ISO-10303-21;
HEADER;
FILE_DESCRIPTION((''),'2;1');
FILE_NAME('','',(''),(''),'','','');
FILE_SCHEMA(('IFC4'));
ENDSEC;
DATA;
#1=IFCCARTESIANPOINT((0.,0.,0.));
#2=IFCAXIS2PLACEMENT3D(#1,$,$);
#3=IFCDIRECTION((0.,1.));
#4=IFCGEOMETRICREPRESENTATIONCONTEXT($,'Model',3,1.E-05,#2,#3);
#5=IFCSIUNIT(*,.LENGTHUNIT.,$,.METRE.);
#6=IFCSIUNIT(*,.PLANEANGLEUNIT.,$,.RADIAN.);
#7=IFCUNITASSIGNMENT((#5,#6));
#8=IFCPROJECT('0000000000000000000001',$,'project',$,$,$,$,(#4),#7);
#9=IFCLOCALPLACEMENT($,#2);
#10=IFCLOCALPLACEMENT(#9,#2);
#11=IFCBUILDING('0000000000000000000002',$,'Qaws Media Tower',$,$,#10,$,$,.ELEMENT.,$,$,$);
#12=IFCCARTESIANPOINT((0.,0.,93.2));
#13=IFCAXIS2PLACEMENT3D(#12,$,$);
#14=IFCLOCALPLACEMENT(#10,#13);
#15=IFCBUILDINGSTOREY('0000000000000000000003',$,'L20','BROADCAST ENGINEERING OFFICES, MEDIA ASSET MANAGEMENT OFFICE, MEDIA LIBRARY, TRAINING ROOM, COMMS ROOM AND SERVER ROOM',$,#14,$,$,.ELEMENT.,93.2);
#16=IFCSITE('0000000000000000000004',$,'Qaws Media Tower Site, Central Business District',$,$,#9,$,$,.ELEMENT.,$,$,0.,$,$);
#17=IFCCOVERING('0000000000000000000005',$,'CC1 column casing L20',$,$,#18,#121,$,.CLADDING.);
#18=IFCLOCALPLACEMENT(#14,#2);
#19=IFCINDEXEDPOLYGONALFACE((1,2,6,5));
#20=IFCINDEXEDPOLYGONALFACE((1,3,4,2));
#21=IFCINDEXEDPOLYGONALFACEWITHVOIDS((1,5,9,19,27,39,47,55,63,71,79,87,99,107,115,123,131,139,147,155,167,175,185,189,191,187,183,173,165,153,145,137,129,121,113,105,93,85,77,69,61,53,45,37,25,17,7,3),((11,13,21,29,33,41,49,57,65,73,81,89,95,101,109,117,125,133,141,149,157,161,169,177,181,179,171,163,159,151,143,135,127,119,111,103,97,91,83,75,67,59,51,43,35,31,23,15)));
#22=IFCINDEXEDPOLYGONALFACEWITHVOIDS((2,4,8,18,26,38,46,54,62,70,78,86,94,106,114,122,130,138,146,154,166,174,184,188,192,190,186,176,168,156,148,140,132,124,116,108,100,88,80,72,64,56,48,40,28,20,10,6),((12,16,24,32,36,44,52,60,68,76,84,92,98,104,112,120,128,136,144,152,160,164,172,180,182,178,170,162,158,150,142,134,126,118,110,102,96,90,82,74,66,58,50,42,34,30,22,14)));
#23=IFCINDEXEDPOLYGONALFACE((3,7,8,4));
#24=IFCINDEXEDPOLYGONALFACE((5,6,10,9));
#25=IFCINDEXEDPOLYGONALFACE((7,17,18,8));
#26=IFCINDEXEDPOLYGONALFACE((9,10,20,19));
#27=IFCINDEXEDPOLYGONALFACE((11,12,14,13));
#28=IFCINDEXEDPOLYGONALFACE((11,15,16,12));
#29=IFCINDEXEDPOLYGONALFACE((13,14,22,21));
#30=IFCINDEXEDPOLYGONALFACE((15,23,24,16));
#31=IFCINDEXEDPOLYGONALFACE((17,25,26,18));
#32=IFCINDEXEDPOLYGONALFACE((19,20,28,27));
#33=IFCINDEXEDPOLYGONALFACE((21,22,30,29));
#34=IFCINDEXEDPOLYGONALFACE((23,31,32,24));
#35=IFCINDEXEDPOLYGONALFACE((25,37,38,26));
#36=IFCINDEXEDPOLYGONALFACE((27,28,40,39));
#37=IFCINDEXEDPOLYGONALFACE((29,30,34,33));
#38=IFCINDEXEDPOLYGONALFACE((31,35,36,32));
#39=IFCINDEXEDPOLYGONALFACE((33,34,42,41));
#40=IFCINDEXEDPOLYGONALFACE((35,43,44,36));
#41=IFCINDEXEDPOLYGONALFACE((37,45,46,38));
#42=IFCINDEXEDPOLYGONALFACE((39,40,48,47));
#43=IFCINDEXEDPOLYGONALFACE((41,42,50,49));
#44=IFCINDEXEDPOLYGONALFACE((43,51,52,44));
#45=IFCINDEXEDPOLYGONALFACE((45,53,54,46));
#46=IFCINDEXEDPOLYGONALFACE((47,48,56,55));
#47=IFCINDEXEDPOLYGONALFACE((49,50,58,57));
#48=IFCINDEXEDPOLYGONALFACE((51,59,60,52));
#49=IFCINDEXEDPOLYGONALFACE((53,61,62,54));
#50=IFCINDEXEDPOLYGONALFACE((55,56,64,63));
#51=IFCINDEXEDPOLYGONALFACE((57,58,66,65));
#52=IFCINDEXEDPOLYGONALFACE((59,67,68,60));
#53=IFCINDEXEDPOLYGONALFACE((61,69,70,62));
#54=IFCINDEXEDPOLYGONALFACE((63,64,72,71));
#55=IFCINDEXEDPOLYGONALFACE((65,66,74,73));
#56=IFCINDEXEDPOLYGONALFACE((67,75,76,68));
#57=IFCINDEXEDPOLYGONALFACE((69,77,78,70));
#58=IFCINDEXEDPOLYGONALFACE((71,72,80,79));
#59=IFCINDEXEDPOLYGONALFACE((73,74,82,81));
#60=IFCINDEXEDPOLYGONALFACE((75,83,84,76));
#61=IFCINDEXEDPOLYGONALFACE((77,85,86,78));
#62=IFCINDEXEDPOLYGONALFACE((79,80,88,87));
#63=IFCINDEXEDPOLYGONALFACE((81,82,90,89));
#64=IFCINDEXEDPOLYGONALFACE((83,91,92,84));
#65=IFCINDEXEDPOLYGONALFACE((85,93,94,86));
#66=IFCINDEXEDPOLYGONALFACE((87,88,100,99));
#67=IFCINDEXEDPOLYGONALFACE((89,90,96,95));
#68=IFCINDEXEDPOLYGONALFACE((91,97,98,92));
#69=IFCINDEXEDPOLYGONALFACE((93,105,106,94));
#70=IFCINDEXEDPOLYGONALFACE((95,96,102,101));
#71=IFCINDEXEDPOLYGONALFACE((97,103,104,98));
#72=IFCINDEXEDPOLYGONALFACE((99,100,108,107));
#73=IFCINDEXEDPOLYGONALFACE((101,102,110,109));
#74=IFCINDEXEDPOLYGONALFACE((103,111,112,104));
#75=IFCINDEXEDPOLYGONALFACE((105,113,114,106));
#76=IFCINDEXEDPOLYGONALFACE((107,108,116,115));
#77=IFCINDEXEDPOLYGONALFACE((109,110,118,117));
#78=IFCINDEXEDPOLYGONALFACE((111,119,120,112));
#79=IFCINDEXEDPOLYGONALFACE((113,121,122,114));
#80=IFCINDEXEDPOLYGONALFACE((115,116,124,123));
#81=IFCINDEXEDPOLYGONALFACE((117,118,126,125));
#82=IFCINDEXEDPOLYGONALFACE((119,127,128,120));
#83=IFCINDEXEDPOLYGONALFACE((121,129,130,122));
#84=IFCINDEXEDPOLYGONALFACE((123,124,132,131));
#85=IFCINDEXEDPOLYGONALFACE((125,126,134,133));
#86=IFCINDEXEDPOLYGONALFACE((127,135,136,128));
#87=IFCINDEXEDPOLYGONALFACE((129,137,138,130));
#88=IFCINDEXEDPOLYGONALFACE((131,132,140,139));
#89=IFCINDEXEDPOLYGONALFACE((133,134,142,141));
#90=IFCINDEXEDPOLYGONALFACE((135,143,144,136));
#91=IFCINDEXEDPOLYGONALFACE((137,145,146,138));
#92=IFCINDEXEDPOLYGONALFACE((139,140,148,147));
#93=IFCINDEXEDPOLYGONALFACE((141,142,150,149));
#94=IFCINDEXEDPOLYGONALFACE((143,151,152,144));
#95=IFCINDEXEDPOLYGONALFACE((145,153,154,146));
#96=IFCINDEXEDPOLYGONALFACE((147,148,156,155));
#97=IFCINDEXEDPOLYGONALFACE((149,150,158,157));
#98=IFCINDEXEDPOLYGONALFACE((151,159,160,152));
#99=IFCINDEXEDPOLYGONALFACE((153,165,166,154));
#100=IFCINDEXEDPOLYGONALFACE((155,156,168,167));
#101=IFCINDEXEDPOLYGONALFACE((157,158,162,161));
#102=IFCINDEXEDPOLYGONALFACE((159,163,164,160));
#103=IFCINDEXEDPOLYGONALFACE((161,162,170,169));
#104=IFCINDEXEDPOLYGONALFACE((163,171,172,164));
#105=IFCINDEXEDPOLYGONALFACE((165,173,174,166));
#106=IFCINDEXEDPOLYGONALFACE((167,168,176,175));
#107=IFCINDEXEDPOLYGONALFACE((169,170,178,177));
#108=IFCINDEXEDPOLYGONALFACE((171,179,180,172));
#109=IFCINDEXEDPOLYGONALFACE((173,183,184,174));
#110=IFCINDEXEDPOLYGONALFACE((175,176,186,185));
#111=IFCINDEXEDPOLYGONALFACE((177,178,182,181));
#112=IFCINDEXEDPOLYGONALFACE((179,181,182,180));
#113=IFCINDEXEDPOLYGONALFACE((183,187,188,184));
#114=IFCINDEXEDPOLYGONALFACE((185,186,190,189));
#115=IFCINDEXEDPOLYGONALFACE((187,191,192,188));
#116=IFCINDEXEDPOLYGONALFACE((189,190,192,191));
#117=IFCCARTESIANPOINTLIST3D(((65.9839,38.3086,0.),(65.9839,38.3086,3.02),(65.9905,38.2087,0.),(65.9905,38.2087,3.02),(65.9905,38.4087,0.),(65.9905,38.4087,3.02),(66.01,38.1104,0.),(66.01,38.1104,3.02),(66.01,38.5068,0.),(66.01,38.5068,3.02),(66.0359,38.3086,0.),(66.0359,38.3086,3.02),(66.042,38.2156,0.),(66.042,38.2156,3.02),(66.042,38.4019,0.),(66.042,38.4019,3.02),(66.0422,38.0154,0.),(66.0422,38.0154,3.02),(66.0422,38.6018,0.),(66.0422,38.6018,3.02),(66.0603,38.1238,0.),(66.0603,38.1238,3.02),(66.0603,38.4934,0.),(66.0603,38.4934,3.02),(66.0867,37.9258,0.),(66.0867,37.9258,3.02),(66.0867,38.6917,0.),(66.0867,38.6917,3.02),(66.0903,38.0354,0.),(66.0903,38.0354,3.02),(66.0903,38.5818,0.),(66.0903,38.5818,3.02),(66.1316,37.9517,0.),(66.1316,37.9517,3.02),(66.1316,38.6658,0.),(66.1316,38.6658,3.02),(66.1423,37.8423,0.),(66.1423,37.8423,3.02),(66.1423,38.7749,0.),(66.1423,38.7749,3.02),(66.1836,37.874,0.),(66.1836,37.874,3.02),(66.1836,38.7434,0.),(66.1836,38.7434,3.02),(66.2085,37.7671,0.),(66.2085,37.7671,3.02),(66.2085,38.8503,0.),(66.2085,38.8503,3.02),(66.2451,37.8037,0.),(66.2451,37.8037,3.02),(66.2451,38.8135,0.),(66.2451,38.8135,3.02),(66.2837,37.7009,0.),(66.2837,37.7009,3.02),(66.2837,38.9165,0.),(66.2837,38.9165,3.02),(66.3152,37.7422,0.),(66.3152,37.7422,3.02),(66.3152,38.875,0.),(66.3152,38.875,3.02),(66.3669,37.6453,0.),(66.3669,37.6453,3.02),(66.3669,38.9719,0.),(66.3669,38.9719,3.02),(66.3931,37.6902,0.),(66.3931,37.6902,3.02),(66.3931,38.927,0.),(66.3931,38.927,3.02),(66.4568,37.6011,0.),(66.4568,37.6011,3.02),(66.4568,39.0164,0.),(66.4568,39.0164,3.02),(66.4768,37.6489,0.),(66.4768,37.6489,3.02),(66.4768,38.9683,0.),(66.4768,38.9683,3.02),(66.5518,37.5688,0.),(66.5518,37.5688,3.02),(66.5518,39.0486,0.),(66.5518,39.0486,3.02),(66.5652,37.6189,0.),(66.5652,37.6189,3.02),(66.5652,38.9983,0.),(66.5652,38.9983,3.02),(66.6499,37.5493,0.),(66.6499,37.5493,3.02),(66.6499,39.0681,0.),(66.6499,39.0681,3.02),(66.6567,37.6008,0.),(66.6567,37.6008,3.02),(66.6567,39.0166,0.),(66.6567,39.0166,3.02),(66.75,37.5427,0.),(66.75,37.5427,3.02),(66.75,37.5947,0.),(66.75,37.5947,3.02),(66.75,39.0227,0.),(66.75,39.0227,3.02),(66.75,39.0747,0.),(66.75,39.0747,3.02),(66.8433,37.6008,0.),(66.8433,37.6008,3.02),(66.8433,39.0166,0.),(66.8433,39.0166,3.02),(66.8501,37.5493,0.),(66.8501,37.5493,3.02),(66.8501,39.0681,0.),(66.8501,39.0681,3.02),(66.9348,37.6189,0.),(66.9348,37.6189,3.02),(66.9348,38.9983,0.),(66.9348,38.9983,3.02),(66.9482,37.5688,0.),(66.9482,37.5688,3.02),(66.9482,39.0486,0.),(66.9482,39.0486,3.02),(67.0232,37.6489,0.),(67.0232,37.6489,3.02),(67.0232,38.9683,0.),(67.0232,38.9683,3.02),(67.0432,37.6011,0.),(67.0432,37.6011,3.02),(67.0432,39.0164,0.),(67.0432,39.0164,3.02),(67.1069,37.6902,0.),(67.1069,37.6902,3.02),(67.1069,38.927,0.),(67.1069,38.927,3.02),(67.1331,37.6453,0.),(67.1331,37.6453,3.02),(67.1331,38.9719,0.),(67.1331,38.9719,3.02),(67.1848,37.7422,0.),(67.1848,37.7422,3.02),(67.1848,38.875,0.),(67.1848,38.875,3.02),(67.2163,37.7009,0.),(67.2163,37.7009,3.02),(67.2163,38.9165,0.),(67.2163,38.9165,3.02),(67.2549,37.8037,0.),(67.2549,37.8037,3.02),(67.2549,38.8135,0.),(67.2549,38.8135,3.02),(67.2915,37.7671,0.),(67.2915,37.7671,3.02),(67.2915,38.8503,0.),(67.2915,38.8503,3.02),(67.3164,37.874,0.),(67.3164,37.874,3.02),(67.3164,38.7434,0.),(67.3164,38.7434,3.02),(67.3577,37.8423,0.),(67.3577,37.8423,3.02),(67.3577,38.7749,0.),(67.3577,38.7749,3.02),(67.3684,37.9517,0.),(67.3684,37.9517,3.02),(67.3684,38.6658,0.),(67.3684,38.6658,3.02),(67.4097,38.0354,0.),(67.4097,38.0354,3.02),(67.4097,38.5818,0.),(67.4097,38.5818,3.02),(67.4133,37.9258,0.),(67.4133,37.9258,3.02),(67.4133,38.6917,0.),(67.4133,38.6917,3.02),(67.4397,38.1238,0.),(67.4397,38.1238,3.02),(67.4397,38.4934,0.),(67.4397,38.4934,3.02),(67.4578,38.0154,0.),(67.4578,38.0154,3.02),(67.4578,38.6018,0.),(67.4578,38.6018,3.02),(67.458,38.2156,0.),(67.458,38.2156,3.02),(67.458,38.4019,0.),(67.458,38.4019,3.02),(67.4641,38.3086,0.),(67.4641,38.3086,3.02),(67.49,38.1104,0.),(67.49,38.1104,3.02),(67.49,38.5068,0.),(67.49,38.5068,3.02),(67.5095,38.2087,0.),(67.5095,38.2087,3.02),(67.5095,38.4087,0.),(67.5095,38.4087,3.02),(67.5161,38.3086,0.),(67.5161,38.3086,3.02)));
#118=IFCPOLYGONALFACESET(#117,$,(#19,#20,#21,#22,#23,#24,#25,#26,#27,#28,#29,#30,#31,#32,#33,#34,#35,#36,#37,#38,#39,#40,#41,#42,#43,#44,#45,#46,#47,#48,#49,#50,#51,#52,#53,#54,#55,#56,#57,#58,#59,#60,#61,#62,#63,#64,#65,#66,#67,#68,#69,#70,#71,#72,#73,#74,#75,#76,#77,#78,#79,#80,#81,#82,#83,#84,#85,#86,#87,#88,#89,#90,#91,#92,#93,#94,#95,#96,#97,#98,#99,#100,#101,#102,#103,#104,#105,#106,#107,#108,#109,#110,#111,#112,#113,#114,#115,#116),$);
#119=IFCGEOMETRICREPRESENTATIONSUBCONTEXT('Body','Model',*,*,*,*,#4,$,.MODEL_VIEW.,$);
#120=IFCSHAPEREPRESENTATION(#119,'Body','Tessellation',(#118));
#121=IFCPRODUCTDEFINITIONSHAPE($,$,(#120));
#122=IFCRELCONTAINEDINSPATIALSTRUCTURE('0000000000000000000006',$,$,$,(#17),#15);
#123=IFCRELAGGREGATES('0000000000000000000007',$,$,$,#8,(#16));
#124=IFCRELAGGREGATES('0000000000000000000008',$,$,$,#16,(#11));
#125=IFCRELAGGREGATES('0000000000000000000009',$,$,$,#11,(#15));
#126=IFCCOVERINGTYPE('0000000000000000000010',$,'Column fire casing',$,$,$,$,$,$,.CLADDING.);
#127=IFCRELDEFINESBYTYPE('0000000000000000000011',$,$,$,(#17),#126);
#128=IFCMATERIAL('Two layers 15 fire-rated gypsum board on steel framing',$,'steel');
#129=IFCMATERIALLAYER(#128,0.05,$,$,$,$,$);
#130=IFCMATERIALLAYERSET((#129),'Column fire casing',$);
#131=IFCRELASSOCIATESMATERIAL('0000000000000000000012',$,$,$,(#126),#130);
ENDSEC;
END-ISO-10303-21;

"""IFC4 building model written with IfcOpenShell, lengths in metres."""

from ifc_helpers import new_model, si_unit, direction, frame, origin, place, context, subcontext, project, spatial, polyline, outline, extrude, material, layer, layer_set, type_object, element, save


model = new_model("IFC4")

# Units and contexts
model_context = context("Model", 3, precision=1e-05, world=origin(), true_north=direction((0.0, 1.0)))
body_context = subcontext(model_context, "Body", "Model", "MODEL_VIEW")
ifc_project = project(units=[si_unit("LENGTHUNIT", "METRE"), si_unit("PLANEANGLEUNIT", "RADIAN")], contexts=[model_context])

# Site, building, storey
site_placement = place(None, origin())
site = spatial("IfcSite", under=ifc_project, at=site_placement, Name="Qaws Media Tower Site, Central Business District", CompositionType="ELEMENT", RefElevation=0.0)
building_placement = place(site_placement, origin())
building = spatial("IfcBuilding", under=site, at=building_placement, Name="Qaws Media Tower", CompositionType="ELEMENT")
storey_placement = place(building_placement, frame((0.0, 0.0, 93.2)))
storey = spatial("IfcBuildingStorey", under=building, at=storey_placement, Name="L20", Description="BROADCAST ENGINEERING OFFICES, MEDIA ASSET MANAGEMENT OFFICE, MEDIA LIBRARY, TRAINING ROOM, COMMS ROOM AND SERVER ROOM", CompositionType="ELEMENT", Elevation=93.2)

# Covering
ifc_material_1 = material(Name="Two layers 15 fire-rated gypsum board on steel framing", Category="steel")
ifc_layer_1 = layer(ifc_material_1, 0.05)
ifc_layer_set_1 = layer_set([ifc_layer_1], Name="Column fire casing")
covering_type_1 = type_object("IfcCoveringType", Name="Column fire casing", PredefinedType="CLADDING", material=ifc_layer_set_1)
covering_1_placement = place(storey_placement, origin())
element("IfcCovering", 1, at=covering_1_placement, inside=storey, type_object=covering_type_1, Name="CC1 column casing L20", PredefinedType="CLADDING", context=body_context, shape_type="SweptSolid", body=[
    extrude(outline(polyline([(67.5161, 38.3086), (67.5095, 38.2087), (67.49, 38.1104), (67.4578, 38.0154), (67.4133, 37.9258), (67.3577, 37.8423), (67.2915, 37.7671), (67.2163, 37.7009), (67.1331, 37.6453), (67.0432, 37.6011), (66.9482, 37.5688), (66.8501, 37.5493), (66.75, 37.5427), (66.6499, 37.5493), (66.5518, 37.5688), (66.4568, 37.6011), (66.3669, 37.6453), (66.2837, 37.7009), (66.2085, 37.7671), (66.1423, 37.8423), (66.0867, 37.9258), (66.0422, 38.0154), (66.01, 38.1104), (65.9905, 38.2087), (65.9839, 38.3086), (65.9905, 38.4087), (66.01, 38.5068), (66.0422, 38.6018), (66.0867, 38.6917), (66.1423, 38.7749), (66.2085, 38.8503), (66.2837, 38.9165), (66.3669, 38.9719), (66.4568, 39.0164), (66.5518, 39.0486), (66.6499, 39.0681), (66.75, 39.0747), (66.8501, 39.0681), (66.9482, 39.0486), (67.0432, 39.0164), (67.1331, 38.9719), (67.2163, 38.9165), (67.2915, 38.8503), (67.3577, 38.7749), (67.4133, 38.6917), (67.4578, 38.6018), (67.49, 38.5068), (67.5095, 38.4087), (67.5161, 38.3086)]), holes=[polyline([(67.4641, 38.3086), (67.458, 38.2156), (67.4397, 38.1238), (67.4097, 38.0354), (67.3684, 37.9517), (67.3164, 37.874), (67.2549, 37.8037), (67.1848, 37.7422), (67.1069, 37.6902), (67.0232, 37.6489), (66.9348, 37.6189), (66.8433, 37.6008), (66.75, 37.5947), (66.6567, 37.6008), (66.5652, 37.6189), (66.4768, 37.6489), (66.3931, 37.6902), (66.3152, 37.7422), (66.2451, 37.8037), (66.1836, 37.874), (66.1316, 37.9517), (66.0903, 38.0354), (66.0603, 38.1238), (66.042, 38.2156), (66.0359, 38.3086), (66.042, 38.4019), (66.0603, 38.4934), (66.0903, 38.5818), (66.1316, 38.6658), (66.1836, 38.7434), (66.2451, 38.8135), (66.3152, 38.875), (66.3931, 38.927), (66.4768, 38.9683), (66.5652, 38.9983), (66.6567, 39.0166), (66.75, 39.0227), (66.8433, 39.0166), (66.9348, 38.9983), (67.0232, 38.9683), (67.1069, 38.927), (67.1848, 38.875), (67.2549, 38.8135), (67.3164, 38.7434), (67.3684, 38.6658), (67.4097, 38.5818), (67.4397, 38.4934), (67.458, 38.4019), (67.4641, 38.3086)])]), origin(), (0.0, 0.0, 1.0), 3.02),
])

save(model, "model.ifc")
